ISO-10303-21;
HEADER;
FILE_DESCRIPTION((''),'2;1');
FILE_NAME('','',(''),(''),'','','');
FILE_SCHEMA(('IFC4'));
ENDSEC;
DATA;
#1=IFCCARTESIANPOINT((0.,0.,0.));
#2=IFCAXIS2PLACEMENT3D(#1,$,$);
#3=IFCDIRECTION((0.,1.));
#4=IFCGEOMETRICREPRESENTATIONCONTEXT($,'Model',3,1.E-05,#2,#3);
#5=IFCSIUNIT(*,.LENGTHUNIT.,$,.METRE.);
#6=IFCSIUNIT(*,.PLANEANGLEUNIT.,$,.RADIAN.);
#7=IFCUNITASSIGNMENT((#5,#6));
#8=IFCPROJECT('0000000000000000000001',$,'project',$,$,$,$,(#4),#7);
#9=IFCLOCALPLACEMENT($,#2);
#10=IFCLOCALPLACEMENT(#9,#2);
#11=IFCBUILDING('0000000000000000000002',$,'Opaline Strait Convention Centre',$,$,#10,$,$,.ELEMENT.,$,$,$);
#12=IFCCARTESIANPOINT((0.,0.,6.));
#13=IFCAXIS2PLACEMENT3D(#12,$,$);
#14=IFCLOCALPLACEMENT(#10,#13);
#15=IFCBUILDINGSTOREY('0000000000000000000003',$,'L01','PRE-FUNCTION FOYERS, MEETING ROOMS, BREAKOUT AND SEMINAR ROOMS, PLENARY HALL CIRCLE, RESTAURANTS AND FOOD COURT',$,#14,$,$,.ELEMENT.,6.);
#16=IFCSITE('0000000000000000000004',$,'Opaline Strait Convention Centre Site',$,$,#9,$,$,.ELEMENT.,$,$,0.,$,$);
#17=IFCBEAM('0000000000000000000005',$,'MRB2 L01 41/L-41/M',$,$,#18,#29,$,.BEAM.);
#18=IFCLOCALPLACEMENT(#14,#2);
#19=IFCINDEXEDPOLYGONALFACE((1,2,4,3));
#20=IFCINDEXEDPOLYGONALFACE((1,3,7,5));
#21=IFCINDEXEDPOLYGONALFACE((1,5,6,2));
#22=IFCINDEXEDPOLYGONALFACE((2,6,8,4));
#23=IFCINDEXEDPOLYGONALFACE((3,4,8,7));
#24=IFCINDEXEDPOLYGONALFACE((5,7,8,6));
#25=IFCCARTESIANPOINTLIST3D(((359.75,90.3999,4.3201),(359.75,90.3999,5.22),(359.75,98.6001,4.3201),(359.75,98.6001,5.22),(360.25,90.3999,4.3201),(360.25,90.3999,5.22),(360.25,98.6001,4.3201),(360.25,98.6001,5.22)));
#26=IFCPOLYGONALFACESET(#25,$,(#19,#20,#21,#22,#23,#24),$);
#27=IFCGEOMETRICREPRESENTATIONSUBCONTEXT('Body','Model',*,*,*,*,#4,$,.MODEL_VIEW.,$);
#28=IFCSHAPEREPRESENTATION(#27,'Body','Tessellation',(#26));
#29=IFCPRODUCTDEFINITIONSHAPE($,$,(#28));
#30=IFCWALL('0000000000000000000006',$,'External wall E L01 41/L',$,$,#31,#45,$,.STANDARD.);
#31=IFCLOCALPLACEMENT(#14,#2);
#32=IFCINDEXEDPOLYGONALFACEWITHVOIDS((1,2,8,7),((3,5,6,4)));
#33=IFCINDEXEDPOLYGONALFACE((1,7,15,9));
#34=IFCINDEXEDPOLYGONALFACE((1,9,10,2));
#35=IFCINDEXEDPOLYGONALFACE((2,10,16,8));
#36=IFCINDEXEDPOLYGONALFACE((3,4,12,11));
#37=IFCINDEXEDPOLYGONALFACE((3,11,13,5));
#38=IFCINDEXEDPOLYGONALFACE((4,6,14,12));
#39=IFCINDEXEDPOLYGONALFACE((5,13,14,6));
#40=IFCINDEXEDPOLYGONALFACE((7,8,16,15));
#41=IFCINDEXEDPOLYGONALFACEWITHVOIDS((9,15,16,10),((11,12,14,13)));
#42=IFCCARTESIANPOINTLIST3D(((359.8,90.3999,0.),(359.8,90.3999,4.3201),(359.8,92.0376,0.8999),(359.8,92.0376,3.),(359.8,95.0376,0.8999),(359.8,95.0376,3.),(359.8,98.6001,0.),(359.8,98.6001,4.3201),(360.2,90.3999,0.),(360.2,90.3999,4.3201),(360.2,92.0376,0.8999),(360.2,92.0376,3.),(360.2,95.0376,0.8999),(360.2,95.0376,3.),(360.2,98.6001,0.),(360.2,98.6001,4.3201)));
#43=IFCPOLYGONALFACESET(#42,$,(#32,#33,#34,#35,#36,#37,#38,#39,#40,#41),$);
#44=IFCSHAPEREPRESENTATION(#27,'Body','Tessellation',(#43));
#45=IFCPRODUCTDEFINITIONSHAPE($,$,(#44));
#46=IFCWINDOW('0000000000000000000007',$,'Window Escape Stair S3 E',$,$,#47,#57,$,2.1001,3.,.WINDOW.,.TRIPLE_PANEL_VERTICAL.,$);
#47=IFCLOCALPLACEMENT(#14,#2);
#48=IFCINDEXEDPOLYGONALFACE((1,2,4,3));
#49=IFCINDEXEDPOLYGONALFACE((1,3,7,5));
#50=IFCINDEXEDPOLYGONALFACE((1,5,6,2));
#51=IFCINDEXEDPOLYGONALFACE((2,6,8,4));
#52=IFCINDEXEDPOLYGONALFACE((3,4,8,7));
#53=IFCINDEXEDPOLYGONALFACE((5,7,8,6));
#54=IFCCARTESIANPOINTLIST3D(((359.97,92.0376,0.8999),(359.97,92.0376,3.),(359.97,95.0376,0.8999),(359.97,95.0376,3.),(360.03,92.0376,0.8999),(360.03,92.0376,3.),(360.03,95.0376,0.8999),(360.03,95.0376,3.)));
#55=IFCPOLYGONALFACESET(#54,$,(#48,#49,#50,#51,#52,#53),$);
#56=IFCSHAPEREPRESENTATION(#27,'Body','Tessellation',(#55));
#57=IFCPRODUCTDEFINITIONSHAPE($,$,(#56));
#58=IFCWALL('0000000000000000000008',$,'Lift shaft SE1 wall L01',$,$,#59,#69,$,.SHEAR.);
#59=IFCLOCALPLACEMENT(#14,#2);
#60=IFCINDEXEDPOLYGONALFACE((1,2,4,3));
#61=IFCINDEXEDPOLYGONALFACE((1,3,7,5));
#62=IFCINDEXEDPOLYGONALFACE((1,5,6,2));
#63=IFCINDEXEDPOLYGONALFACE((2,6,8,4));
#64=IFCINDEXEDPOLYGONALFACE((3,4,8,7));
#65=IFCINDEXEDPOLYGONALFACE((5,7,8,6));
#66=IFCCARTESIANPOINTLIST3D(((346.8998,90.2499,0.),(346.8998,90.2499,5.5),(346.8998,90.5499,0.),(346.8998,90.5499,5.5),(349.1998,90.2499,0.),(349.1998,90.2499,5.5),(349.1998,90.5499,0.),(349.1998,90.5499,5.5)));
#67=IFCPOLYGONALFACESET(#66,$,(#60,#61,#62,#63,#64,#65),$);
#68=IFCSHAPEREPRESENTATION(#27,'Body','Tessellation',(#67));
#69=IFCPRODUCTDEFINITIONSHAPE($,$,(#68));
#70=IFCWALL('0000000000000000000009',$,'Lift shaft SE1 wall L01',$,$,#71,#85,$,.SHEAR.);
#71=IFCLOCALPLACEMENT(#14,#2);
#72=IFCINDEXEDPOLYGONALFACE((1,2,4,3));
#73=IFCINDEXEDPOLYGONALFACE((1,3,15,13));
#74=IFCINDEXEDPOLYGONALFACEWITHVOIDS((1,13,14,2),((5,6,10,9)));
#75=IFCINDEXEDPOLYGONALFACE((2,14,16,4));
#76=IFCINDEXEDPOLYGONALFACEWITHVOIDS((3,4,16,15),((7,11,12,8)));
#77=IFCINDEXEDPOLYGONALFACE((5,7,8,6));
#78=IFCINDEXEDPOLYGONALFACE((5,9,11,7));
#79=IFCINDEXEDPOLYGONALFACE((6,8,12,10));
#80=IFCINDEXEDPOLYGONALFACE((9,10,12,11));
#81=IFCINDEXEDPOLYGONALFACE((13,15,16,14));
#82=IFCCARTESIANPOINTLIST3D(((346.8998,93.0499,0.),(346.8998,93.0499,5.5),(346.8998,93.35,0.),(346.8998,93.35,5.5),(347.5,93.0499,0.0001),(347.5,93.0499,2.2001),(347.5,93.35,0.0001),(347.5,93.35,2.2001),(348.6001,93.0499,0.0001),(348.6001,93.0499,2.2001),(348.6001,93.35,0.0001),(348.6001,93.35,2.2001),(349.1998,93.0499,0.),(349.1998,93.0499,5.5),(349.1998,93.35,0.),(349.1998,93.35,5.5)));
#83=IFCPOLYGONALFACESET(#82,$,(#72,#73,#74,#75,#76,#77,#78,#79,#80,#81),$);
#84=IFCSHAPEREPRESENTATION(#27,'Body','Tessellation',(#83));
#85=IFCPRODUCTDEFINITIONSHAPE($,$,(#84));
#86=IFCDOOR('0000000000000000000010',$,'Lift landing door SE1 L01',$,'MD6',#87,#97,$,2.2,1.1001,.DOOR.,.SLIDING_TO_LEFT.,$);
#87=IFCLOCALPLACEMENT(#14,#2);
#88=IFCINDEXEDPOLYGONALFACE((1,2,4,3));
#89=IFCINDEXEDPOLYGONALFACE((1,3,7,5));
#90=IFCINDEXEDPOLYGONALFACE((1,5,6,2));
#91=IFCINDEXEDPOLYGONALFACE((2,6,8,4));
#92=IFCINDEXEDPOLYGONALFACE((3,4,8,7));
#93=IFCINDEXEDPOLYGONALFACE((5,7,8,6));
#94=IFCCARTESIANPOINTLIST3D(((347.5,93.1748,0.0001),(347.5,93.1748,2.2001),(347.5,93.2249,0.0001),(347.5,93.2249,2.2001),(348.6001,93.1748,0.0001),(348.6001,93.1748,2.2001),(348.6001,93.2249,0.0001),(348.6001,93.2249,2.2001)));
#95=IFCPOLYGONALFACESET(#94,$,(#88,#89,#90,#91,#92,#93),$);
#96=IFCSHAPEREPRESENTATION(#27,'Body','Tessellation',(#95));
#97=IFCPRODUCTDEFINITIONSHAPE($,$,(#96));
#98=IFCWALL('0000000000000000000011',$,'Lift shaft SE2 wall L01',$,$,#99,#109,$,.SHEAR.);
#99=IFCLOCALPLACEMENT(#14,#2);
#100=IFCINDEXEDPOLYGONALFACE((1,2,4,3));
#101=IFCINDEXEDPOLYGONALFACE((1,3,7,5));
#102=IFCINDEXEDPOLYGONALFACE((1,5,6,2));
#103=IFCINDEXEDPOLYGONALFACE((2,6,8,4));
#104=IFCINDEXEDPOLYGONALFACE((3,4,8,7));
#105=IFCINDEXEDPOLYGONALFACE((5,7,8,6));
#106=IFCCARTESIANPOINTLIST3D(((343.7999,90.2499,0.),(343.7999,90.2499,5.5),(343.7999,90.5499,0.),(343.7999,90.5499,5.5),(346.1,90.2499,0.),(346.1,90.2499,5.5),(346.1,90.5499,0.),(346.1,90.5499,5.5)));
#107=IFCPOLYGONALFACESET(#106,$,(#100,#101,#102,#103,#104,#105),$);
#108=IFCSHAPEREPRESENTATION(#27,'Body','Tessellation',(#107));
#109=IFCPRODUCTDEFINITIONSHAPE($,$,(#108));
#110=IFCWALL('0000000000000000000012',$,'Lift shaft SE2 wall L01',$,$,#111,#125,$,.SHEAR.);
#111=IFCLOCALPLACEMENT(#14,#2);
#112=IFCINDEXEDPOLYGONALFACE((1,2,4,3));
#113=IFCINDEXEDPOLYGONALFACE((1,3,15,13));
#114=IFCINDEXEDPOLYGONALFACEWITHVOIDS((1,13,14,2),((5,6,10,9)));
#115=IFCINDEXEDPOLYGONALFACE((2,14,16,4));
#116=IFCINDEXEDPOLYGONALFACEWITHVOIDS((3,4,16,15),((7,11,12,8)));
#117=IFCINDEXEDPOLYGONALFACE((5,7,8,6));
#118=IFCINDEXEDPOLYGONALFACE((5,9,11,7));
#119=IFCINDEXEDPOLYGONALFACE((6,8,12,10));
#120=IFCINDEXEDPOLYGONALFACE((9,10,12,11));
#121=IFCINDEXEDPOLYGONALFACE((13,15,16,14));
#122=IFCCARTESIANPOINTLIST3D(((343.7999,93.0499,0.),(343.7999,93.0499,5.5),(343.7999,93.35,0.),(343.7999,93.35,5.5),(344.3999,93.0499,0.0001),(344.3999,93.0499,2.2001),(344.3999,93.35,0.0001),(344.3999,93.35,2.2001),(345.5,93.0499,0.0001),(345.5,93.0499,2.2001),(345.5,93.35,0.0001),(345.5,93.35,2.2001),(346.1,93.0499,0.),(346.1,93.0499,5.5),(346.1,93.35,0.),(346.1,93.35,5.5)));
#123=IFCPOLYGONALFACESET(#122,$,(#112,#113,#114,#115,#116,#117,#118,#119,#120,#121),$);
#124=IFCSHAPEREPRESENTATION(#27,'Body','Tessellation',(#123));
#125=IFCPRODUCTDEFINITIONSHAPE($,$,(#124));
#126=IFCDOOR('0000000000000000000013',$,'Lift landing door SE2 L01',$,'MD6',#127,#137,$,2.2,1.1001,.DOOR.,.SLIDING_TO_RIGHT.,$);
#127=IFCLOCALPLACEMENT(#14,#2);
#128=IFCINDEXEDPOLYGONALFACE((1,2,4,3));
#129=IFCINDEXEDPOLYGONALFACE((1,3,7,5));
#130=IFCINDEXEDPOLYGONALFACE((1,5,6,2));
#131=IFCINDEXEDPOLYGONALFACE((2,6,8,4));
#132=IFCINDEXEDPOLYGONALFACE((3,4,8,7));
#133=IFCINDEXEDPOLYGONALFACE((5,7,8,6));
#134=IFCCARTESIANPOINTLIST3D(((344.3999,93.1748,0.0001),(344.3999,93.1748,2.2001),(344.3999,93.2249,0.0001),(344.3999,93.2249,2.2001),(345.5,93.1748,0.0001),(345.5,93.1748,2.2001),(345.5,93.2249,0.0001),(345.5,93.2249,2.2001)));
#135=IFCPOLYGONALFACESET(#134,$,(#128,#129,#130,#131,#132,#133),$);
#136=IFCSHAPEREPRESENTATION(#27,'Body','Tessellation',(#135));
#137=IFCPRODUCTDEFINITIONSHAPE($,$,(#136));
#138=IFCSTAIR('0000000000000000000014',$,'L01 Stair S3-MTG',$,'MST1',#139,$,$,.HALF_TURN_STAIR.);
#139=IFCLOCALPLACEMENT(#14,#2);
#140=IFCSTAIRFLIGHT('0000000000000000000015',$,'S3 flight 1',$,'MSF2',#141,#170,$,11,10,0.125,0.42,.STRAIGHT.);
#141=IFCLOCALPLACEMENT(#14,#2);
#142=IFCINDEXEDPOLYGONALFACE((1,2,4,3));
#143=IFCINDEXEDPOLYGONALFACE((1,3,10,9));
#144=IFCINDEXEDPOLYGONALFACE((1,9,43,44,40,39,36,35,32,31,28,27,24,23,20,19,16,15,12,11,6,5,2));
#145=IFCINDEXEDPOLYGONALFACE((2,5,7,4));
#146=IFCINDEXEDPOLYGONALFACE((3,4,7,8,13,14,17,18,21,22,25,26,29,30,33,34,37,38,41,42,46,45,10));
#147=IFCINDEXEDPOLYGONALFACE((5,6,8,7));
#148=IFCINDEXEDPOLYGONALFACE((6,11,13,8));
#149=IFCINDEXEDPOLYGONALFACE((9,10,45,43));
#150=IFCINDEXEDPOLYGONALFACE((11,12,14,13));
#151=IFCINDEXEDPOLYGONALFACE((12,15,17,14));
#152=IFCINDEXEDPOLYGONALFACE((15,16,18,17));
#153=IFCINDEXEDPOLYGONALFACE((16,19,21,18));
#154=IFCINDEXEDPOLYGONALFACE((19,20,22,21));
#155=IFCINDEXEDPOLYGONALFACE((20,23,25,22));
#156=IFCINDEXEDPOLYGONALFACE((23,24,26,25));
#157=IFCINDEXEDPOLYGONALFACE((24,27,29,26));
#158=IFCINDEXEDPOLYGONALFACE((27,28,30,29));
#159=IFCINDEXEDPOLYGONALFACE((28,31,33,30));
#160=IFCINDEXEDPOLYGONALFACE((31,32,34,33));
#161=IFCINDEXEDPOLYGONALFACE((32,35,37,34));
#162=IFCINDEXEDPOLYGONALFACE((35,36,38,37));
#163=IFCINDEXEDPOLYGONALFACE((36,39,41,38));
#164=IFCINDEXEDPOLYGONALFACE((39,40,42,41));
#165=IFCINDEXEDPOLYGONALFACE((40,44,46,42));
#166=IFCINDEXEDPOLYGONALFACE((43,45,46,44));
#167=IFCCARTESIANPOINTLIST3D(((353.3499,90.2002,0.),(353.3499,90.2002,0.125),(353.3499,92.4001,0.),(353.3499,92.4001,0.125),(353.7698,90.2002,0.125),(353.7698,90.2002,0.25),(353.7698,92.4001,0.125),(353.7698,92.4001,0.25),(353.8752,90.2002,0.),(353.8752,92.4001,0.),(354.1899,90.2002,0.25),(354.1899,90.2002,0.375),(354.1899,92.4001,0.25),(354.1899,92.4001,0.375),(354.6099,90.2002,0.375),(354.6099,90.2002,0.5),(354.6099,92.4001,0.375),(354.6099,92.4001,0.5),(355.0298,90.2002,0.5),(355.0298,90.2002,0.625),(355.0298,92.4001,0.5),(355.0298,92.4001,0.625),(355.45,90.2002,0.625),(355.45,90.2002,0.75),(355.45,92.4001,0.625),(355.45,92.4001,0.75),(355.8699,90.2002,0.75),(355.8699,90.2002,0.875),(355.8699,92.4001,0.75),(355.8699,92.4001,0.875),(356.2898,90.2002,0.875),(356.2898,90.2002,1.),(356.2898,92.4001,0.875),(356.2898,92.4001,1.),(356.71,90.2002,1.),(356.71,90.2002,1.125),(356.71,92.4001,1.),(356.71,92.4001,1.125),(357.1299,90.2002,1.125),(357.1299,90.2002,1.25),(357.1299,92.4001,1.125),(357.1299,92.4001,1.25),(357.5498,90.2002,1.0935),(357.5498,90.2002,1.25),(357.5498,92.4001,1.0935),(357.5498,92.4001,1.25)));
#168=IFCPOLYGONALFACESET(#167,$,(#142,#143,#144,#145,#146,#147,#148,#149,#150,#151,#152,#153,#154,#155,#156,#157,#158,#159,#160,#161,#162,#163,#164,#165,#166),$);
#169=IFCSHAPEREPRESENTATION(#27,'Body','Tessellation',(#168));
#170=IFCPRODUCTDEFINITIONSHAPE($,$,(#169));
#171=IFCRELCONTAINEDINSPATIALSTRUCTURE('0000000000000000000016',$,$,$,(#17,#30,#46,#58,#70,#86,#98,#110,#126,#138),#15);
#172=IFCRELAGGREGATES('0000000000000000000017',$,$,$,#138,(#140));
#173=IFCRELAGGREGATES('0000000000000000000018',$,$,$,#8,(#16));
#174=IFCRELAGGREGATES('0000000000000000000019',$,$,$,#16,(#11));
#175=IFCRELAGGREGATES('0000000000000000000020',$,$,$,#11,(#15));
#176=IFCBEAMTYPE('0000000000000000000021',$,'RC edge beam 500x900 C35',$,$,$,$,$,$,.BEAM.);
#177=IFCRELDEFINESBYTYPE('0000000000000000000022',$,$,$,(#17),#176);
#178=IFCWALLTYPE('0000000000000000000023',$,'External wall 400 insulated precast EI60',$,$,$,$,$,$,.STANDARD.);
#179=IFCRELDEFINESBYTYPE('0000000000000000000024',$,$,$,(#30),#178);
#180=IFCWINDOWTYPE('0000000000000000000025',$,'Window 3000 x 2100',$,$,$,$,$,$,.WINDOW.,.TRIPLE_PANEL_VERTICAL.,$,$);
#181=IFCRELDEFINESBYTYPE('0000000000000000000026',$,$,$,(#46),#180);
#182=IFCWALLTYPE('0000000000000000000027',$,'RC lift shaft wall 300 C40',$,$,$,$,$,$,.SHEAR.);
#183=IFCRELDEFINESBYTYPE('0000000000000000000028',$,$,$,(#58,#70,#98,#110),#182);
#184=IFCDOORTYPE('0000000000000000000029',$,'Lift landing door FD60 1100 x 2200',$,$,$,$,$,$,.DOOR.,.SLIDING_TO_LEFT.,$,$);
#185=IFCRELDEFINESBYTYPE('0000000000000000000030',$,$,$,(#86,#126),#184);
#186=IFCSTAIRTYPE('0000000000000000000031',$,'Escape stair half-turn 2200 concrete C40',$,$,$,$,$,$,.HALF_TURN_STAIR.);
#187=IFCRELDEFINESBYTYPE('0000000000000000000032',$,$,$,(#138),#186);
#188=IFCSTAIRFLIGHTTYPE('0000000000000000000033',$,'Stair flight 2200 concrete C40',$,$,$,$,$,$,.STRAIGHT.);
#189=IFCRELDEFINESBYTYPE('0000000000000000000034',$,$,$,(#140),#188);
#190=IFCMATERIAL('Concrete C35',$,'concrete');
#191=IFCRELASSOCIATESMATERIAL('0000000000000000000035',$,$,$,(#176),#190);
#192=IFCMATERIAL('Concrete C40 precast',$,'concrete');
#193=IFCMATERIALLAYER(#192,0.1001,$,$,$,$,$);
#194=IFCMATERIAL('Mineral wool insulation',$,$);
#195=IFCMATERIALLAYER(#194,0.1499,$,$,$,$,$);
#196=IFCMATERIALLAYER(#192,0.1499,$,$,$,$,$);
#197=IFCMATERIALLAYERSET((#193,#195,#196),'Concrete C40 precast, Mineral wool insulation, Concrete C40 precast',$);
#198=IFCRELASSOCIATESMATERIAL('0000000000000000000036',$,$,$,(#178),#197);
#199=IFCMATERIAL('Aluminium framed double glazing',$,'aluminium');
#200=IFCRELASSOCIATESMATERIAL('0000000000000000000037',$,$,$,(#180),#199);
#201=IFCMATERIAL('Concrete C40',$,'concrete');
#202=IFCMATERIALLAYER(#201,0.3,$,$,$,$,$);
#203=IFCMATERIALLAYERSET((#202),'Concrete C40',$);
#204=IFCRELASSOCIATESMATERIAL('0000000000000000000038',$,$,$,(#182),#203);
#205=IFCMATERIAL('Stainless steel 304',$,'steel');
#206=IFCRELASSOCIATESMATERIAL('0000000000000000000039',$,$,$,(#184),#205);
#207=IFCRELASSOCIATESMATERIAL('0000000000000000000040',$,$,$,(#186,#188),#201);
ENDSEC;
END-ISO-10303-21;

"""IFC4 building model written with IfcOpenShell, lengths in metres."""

from ifc_helpers import new_model, si_unit, direction, frame, frame_2d, origin, origin_2d, place, context, subcontext, project, spatial, polyline, rectangle, outline, extrude, material, layer, layer_set, material_profile, profile_set, type_object, element, fill, aggregate, save


model = new_model("IFC4")

# Units and contexts
model_context = context("Model", 3, precision=1e-05, world=origin(), true_north=direction((0.0, 1.0)))
body_context = subcontext(model_context, "Body", "Model", "MODEL_VIEW")
ifc_project = project(units=[si_unit("LENGTHUNIT", "METRE"), si_unit("PLANEANGLEUNIT", "RADIAN")], contexts=[model_context])

# Site, building, storey
site_placement = place(None, origin())
site = spatial("IfcSite", under=ifc_project, at=site_placement, Name="Opaline Strait Convention Centre Site", CompositionType="ELEMENT", RefElevation=0.0)
building_placement = place(site_placement, origin())
building = spatial("IfcBuilding", under=site, at=building_placement, Name="Opaline Strait Convention Centre", CompositionType="ELEMENT")
storey_placement = place(building_placement, frame((0.0, 0.0, 6.0)))
storey = spatial("IfcBuildingStorey", under=building, at=storey_placement, Name="L01", Description="PRE-FUNCTION FOYERS, MEETING ROOMS, BREAKOUT AND SEMINAR ROOMS, PLENARY HALL CIRCLE, RESTAURANTS AND FOOD COURT", CompositionType="ELEMENT", Elevation=6.0)

# Beam
ifc_material_1 = material(Name="Concrete C35", Category="concrete")
ifc_material_profile = material_profile(ifc_material_1, rectangle(XDim=0.5, YDim=0.8999, at=origin_2d()), Name="RC 500x900")
ifc_profile_set = profile_set([ifc_material_profile], Name="Concrete C35")
beam_type = type_object("IfcBeamType", Name="RC edge beam 500x900 C35", PredefinedType="BEAM", material=ifc_profile_set)
beam_placement = place(storey_placement, frame((360.0, 90.3999, 4.77), z_axis=(0.0, 1.0, 0.0), x_axis=(-1.0, 0.0, 0.0)))
element("IfcBeam", 1, at=beam_placement, inside=storey, type_object=beam_type, Name="MRB2 L01 41/L-41/M", PredefinedType="BEAM", context=body_context, shape_type="SweptSolid", body=[
    extrude(rectangle(XDim=0.5, YDim=0.8999, at=origin_2d()), origin(), (0.0, 0.0, 1.0), 8.2002),
])

# Wall, opening, window
ifc_material_2 = material(Name="Concrete C40 precast", Category="concrete")
ifc_layer_1 = layer(ifc_material_2, 0.1001)
ifc_material_3 = material(Name="Mineral wool insulation")
ifc_layer_2 = layer(ifc_material_3, 0.1499)
ifc_layer_3 = layer(ifc_material_2, 0.1499)
ifc_layer_set_1 = layer_set([ifc_layer_1, ifc_layer_2, ifc_layer_3], Name="Concrete C40 precast, Mineral wool insulation, Concrete C40 precast")
wall_type_1 = type_object("IfcWallType", Name="External wall 400 insulated precast EI60", PredefinedType="STANDARD", material=ifc_layer_set_1)
wall_1_placement = place(storey_placement, frame((360.0, 90.3999, 0.0), z_axis=(0.0, 0.0, 1.0), x_axis=(0.0, 1.0, 0.0)))
wall_1 = element("IfcWall", 2, at=wall_1_placement, inside=storey, type_object=wall_type_1, Name="External wall E L01 41/L", PredefinedType="STANDARD", context=body_context, shape_type="SweptSolid", body=[
    extrude(rectangle(XDim=8.2002, YDim=0.3999, at=frame_2d((4.1001, 0.0))), origin(), (0.0, 0.0, 1.0), 4.3201),
])
opening_1_placement = place(wall_1_placement, frame((1.6377, 0.0, 0.8999)))
opening_1 = element("IfcOpeningElement", 3, at=opening_1_placement, cuts=wall_1, PredefinedType="OPENING", context=body_context, shape_type="SweptSolid", body=[
    extrude(rectangle(XDim=3.0, YDim=2.1001, at=frame_2d((1.5, 1.05))), frame((0.0, 0.21, 0.0), z_axis=(0.0, -1.0, 0.0), x_axis=(1.0, 0.0, 0.0)), (0.0, 0.0, 1.0), 0.4199),
])
ifc_material_4 = material(Name="Aluminium framed double glazing", Category="aluminium")
window_type = type_object("IfcWindowType", Name="Window 3000 x 2100", PartitioningType="TRIPLE_PANEL_VERTICAL", PredefinedType="WINDOW", material=ifc_material_4)
window_placement = place(opening_1_placement, origin())
window = element("IfcWindow", 4, at=window_placement, inside=storey, type_object=window_type, Name="Window Escape Stair S3 E", OverallHeight=2.1001, OverallWidth=3.0, PartitioningType="TRIPLE_PANEL_VERTICAL", PredefinedType="WINDOW", context=body_context, shape_type="SweptSolid", body=[
    extrude(rectangle(XDim=3.0, YDim=2.1001, at=frame_2d((1.5, 1.05))), frame((0.0, 0.03, 0.0), z_axis=(0.0, -1.0, 0.0), x_axis=(1.0, 0.0, 0.0)), (0.0, 0.0, 1.0), 0.0601),
])
fill(opening_1, window)

# Shared definitions
ifc_material_5 = material(Name="Concrete C40", Category="concrete")

# Wall
ifc_layer_4 = layer(ifc_material_5, 0.3)
ifc_layer_set_2 = layer_set([ifc_layer_4], Name="Concrete C40")
wall_type_2 = type_object("IfcWallType", Name="RC lift shaft wall 300 C40", PredefinedType="SHEAR", material=ifc_layer_set_2)
wall_2_placement = place(storey_placement, frame((346.8999, 90.3999, 0.0), z_axis=(0.0, 0.0, 1.0), x_axis=(1.0, 0.0, 0.0)))
element("IfcWall", 5, at=wall_2_placement, inside=storey, type_object=wall_type_2, Name="Lift shaft SE1 wall L01", PredefinedType="SHEAR", context=body_context, shape_type="SweptSolid", body=[
    extrude(rectangle(XDim=2.3, YDim=0.3, at=frame_2d((1.1499, 0.0))), origin(), (0.0, 0.0, 1.0), 5.5),
])

# Wall, opening, door
wall_3_placement = place(storey_placement, frame((346.8999, 93.2, 0.0), z_axis=(0.0, 0.0, 1.0), x_axis=(1.0, 0.0, 0.0)))
wall_3 = element("IfcWall", 6, at=wall_3_placement, inside=storey, type_object=wall_type_2, Name="Lift shaft SE1 wall L01", PredefinedType="SHEAR", context=body_context, shape_type="SweptSolid", body=[
    extrude(rectangle(XDim=2.3, YDim=0.3, at=frame_2d((1.1499, 0.0))), origin(), (0.0, 0.0, 1.0), 5.5),
])
opening_2_placement = place(wall_3_placement, frame((0.6001, 0.0, 0.0)))
opening_2 = element("IfcOpeningElement", 7, at=opening_2_placement, cuts=wall_3, PredefinedType="OPENING", context=body_context, shape_type="SweptSolid", body=[
    extrude(rectangle(XDim=1.1001, YDim=2.2, at=frame_2d((0.55, 1.1001))), frame((0.0, 0.1599, 0.0), z_axis=(0.0, -1.0, 0.0), x_axis=(1.0, 0.0, 0.0)), (0.0, 0.0, 1.0), 0.3201),
])
ifc_material_6 = material(Name="Stainless steel 304", Category="steel")
door_type_1 = type_object("IfcDoorType", Name="Lift landing door FD60 1100 x 2200", OperationType="SLIDING_TO_LEFT", PredefinedType="DOOR", material=ifc_material_6)
door_1_placement = place(opening_2_placement, origin())
door_1 = element("IfcDoor", 8, at=door_1_placement, inside=storey, type_object=door_type_1, Name="Lift landing door SE1 L01", ObjectType="MD6", OperationType="SLIDING_TO_LEFT", OverallHeight=2.2, OverallWidth=1.1001, PredefinedType="DOOR", context=body_context, shape_type="SweptSolid", body=[
    extrude(rectangle(XDim=1.1001, YDim=2.2, at=frame_2d((0.55, 1.1001))), frame((0.0, 0.0249, 0.0), z_axis=(0.0, -1.0, 0.0), x_axis=(1.0, 0.0, 0.0)), (0.0, 0.0, 1.0), 0.05),
])
fill(opening_2, door_1)

# Wall
wall_4_placement = place(storey_placement, frame((343.8, 90.3999, 0.0), z_axis=(0.0, 0.0, 1.0), x_axis=(1.0, 0.0, 0.0)))
element("IfcWall", 9, at=wall_4_placement, inside=storey, type_object=wall_type_2, Name="Lift shaft SE2 wall L01", PredefinedType="SHEAR", context=body_context, shape_type="SweptSolid", body=[
    extrude(rectangle(XDim=2.3, YDim=0.3, at=frame_2d((1.1499, 0.0))), origin(), (0.0, 0.0, 1.0), 5.5),
])

# Wall, opening, door
wall_5_placement = place(storey_placement, frame((343.8, 93.2, 0.0), z_axis=(0.0, 0.0, 1.0), x_axis=(1.0, 0.0, 0.0)))
wall_5 = element("IfcWall", 10, at=wall_5_placement, inside=storey, type_object=wall_type_2, Name="Lift shaft SE2 wall L01", PredefinedType="SHEAR", context=body_context, shape_type="SweptSolid", body=[
    extrude(rectangle(XDim=2.3, YDim=0.3, at=frame_2d((1.1499, 0.0))), origin(), (0.0, 0.0, 1.0), 5.5),
])
opening_3_placement = place(wall_5_placement, frame((0.5999, 0.0, 0.0)))
opening_3 = element("IfcOpeningElement", 11, at=opening_3_placement, cuts=wall_5, PredefinedType="OPENING", context=body_context, shape_type="SweptSolid", body=[
    extrude(rectangle(XDim=1.1001, YDim=2.2, at=frame_2d((0.55, 1.1001))), frame((0.0, 0.1599, 0.0), z_axis=(0.0, -1.0, 0.0), x_axis=(1.0, 0.0, 0.0)), (0.0, 0.0, 1.0), 0.3201),
])
door_2_placement = place(opening_3_placement, origin())
door_2 = element("IfcDoor", 12, at=door_2_placement, inside=storey, type_object=door_type_1, Name="Lift landing door SE2 L01", ObjectType="MD6", OperationType="SLIDING_TO_RIGHT", OverallHeight=2.2, OverallWidth=1.1001, PredefinedType="DOOR", context=body_context, shape_type="SweptSolid", body=[
    extrude(rectangle(XDim=1.1001, YDim=2.2, at=frame_2d((0.55, 1.1001))), frame((0.0, 0.0249, 0.0), z_axis=(0.0, -1.0, 0.0), x_axis=(1.0, 0.0, 0.0)), (0.0, 0.0, 1.0), 0.05),
])
fill(opening_3, door_2)

# Stair, stair flight
stair_type = type_object("IfcStairType", Name="Escape stair half-turn 2200 concrete C40", PredefinedType="HALF_TURN_STAIR", material=ifc_material_5)
stair_placement = place(storey_placement, origin())
stair = element("IfcStair", 13, at=stair_placement, inside=storey, type_object=stair_type, Name="L01 Stair S3-MTG", ObjectType="MST1", PredefinedType="HALF_TURN_STAIR")
stair_flight_type = type_object("IfcStairFlightType", Name="Stair flight 2200 concrete C40", PredefinedType="STRAIGHT", material=ifc_material_5)
stair_flight_1_placement = place(storey_placement, frame((353.3499, 91.3, 0.0), z_axis=(0.0, 0.0, 1.0), x_axis=(1.0, 0.0, 0.0)))
stair_flight_1 = element("IfcStairFlight", 14, at=stair_flight_1_placement, type_object=stair_flight_type, Name="S3 flight 1", ObjectType="MSF2", NumberOfRisers=11, NumberOfTreads=10, PredefinedType="STRAIGHT", RiserHeight=0.125, TreadLength=0.42, context=body_context, shape_type="SweptSolid", body=[
    extrude(outline(polyline([(0.0, 0.0), (0.0, 0.125), (0.4199, 0.125), (0.4199, 0.25), (0.8401, 0.25), (0.8401, 0.375), (1.26, 0.375), (1.26, 0.5), (1.6799, 0.5), (1.6799, 0.625), (2.1001, 0.625), (2.1001, 0.75), (2.52, 0.75), (2.52, 0.875), (2.9399, 0.875), (2.9399, 1.0), (3.3601, 1.0), (3.3601, 1.125), (3.78, 1.125), (3.78, 1.25), (4.2, 1.25), (4.2, 1.375), (4.2, 1.0935), (0.5254, 0.0), (0.0, 0.0)])), frame((0.0, 1.1001, 0.0), z_axis=(0.0, -1.0, 0.0), x_axis=(1.0, 0.0, 0.0)), (0.0, 0.0, 1.0), 2.2),
])
aggregate(stair, [stair_flight_1])

save(model, "model.ifc")
